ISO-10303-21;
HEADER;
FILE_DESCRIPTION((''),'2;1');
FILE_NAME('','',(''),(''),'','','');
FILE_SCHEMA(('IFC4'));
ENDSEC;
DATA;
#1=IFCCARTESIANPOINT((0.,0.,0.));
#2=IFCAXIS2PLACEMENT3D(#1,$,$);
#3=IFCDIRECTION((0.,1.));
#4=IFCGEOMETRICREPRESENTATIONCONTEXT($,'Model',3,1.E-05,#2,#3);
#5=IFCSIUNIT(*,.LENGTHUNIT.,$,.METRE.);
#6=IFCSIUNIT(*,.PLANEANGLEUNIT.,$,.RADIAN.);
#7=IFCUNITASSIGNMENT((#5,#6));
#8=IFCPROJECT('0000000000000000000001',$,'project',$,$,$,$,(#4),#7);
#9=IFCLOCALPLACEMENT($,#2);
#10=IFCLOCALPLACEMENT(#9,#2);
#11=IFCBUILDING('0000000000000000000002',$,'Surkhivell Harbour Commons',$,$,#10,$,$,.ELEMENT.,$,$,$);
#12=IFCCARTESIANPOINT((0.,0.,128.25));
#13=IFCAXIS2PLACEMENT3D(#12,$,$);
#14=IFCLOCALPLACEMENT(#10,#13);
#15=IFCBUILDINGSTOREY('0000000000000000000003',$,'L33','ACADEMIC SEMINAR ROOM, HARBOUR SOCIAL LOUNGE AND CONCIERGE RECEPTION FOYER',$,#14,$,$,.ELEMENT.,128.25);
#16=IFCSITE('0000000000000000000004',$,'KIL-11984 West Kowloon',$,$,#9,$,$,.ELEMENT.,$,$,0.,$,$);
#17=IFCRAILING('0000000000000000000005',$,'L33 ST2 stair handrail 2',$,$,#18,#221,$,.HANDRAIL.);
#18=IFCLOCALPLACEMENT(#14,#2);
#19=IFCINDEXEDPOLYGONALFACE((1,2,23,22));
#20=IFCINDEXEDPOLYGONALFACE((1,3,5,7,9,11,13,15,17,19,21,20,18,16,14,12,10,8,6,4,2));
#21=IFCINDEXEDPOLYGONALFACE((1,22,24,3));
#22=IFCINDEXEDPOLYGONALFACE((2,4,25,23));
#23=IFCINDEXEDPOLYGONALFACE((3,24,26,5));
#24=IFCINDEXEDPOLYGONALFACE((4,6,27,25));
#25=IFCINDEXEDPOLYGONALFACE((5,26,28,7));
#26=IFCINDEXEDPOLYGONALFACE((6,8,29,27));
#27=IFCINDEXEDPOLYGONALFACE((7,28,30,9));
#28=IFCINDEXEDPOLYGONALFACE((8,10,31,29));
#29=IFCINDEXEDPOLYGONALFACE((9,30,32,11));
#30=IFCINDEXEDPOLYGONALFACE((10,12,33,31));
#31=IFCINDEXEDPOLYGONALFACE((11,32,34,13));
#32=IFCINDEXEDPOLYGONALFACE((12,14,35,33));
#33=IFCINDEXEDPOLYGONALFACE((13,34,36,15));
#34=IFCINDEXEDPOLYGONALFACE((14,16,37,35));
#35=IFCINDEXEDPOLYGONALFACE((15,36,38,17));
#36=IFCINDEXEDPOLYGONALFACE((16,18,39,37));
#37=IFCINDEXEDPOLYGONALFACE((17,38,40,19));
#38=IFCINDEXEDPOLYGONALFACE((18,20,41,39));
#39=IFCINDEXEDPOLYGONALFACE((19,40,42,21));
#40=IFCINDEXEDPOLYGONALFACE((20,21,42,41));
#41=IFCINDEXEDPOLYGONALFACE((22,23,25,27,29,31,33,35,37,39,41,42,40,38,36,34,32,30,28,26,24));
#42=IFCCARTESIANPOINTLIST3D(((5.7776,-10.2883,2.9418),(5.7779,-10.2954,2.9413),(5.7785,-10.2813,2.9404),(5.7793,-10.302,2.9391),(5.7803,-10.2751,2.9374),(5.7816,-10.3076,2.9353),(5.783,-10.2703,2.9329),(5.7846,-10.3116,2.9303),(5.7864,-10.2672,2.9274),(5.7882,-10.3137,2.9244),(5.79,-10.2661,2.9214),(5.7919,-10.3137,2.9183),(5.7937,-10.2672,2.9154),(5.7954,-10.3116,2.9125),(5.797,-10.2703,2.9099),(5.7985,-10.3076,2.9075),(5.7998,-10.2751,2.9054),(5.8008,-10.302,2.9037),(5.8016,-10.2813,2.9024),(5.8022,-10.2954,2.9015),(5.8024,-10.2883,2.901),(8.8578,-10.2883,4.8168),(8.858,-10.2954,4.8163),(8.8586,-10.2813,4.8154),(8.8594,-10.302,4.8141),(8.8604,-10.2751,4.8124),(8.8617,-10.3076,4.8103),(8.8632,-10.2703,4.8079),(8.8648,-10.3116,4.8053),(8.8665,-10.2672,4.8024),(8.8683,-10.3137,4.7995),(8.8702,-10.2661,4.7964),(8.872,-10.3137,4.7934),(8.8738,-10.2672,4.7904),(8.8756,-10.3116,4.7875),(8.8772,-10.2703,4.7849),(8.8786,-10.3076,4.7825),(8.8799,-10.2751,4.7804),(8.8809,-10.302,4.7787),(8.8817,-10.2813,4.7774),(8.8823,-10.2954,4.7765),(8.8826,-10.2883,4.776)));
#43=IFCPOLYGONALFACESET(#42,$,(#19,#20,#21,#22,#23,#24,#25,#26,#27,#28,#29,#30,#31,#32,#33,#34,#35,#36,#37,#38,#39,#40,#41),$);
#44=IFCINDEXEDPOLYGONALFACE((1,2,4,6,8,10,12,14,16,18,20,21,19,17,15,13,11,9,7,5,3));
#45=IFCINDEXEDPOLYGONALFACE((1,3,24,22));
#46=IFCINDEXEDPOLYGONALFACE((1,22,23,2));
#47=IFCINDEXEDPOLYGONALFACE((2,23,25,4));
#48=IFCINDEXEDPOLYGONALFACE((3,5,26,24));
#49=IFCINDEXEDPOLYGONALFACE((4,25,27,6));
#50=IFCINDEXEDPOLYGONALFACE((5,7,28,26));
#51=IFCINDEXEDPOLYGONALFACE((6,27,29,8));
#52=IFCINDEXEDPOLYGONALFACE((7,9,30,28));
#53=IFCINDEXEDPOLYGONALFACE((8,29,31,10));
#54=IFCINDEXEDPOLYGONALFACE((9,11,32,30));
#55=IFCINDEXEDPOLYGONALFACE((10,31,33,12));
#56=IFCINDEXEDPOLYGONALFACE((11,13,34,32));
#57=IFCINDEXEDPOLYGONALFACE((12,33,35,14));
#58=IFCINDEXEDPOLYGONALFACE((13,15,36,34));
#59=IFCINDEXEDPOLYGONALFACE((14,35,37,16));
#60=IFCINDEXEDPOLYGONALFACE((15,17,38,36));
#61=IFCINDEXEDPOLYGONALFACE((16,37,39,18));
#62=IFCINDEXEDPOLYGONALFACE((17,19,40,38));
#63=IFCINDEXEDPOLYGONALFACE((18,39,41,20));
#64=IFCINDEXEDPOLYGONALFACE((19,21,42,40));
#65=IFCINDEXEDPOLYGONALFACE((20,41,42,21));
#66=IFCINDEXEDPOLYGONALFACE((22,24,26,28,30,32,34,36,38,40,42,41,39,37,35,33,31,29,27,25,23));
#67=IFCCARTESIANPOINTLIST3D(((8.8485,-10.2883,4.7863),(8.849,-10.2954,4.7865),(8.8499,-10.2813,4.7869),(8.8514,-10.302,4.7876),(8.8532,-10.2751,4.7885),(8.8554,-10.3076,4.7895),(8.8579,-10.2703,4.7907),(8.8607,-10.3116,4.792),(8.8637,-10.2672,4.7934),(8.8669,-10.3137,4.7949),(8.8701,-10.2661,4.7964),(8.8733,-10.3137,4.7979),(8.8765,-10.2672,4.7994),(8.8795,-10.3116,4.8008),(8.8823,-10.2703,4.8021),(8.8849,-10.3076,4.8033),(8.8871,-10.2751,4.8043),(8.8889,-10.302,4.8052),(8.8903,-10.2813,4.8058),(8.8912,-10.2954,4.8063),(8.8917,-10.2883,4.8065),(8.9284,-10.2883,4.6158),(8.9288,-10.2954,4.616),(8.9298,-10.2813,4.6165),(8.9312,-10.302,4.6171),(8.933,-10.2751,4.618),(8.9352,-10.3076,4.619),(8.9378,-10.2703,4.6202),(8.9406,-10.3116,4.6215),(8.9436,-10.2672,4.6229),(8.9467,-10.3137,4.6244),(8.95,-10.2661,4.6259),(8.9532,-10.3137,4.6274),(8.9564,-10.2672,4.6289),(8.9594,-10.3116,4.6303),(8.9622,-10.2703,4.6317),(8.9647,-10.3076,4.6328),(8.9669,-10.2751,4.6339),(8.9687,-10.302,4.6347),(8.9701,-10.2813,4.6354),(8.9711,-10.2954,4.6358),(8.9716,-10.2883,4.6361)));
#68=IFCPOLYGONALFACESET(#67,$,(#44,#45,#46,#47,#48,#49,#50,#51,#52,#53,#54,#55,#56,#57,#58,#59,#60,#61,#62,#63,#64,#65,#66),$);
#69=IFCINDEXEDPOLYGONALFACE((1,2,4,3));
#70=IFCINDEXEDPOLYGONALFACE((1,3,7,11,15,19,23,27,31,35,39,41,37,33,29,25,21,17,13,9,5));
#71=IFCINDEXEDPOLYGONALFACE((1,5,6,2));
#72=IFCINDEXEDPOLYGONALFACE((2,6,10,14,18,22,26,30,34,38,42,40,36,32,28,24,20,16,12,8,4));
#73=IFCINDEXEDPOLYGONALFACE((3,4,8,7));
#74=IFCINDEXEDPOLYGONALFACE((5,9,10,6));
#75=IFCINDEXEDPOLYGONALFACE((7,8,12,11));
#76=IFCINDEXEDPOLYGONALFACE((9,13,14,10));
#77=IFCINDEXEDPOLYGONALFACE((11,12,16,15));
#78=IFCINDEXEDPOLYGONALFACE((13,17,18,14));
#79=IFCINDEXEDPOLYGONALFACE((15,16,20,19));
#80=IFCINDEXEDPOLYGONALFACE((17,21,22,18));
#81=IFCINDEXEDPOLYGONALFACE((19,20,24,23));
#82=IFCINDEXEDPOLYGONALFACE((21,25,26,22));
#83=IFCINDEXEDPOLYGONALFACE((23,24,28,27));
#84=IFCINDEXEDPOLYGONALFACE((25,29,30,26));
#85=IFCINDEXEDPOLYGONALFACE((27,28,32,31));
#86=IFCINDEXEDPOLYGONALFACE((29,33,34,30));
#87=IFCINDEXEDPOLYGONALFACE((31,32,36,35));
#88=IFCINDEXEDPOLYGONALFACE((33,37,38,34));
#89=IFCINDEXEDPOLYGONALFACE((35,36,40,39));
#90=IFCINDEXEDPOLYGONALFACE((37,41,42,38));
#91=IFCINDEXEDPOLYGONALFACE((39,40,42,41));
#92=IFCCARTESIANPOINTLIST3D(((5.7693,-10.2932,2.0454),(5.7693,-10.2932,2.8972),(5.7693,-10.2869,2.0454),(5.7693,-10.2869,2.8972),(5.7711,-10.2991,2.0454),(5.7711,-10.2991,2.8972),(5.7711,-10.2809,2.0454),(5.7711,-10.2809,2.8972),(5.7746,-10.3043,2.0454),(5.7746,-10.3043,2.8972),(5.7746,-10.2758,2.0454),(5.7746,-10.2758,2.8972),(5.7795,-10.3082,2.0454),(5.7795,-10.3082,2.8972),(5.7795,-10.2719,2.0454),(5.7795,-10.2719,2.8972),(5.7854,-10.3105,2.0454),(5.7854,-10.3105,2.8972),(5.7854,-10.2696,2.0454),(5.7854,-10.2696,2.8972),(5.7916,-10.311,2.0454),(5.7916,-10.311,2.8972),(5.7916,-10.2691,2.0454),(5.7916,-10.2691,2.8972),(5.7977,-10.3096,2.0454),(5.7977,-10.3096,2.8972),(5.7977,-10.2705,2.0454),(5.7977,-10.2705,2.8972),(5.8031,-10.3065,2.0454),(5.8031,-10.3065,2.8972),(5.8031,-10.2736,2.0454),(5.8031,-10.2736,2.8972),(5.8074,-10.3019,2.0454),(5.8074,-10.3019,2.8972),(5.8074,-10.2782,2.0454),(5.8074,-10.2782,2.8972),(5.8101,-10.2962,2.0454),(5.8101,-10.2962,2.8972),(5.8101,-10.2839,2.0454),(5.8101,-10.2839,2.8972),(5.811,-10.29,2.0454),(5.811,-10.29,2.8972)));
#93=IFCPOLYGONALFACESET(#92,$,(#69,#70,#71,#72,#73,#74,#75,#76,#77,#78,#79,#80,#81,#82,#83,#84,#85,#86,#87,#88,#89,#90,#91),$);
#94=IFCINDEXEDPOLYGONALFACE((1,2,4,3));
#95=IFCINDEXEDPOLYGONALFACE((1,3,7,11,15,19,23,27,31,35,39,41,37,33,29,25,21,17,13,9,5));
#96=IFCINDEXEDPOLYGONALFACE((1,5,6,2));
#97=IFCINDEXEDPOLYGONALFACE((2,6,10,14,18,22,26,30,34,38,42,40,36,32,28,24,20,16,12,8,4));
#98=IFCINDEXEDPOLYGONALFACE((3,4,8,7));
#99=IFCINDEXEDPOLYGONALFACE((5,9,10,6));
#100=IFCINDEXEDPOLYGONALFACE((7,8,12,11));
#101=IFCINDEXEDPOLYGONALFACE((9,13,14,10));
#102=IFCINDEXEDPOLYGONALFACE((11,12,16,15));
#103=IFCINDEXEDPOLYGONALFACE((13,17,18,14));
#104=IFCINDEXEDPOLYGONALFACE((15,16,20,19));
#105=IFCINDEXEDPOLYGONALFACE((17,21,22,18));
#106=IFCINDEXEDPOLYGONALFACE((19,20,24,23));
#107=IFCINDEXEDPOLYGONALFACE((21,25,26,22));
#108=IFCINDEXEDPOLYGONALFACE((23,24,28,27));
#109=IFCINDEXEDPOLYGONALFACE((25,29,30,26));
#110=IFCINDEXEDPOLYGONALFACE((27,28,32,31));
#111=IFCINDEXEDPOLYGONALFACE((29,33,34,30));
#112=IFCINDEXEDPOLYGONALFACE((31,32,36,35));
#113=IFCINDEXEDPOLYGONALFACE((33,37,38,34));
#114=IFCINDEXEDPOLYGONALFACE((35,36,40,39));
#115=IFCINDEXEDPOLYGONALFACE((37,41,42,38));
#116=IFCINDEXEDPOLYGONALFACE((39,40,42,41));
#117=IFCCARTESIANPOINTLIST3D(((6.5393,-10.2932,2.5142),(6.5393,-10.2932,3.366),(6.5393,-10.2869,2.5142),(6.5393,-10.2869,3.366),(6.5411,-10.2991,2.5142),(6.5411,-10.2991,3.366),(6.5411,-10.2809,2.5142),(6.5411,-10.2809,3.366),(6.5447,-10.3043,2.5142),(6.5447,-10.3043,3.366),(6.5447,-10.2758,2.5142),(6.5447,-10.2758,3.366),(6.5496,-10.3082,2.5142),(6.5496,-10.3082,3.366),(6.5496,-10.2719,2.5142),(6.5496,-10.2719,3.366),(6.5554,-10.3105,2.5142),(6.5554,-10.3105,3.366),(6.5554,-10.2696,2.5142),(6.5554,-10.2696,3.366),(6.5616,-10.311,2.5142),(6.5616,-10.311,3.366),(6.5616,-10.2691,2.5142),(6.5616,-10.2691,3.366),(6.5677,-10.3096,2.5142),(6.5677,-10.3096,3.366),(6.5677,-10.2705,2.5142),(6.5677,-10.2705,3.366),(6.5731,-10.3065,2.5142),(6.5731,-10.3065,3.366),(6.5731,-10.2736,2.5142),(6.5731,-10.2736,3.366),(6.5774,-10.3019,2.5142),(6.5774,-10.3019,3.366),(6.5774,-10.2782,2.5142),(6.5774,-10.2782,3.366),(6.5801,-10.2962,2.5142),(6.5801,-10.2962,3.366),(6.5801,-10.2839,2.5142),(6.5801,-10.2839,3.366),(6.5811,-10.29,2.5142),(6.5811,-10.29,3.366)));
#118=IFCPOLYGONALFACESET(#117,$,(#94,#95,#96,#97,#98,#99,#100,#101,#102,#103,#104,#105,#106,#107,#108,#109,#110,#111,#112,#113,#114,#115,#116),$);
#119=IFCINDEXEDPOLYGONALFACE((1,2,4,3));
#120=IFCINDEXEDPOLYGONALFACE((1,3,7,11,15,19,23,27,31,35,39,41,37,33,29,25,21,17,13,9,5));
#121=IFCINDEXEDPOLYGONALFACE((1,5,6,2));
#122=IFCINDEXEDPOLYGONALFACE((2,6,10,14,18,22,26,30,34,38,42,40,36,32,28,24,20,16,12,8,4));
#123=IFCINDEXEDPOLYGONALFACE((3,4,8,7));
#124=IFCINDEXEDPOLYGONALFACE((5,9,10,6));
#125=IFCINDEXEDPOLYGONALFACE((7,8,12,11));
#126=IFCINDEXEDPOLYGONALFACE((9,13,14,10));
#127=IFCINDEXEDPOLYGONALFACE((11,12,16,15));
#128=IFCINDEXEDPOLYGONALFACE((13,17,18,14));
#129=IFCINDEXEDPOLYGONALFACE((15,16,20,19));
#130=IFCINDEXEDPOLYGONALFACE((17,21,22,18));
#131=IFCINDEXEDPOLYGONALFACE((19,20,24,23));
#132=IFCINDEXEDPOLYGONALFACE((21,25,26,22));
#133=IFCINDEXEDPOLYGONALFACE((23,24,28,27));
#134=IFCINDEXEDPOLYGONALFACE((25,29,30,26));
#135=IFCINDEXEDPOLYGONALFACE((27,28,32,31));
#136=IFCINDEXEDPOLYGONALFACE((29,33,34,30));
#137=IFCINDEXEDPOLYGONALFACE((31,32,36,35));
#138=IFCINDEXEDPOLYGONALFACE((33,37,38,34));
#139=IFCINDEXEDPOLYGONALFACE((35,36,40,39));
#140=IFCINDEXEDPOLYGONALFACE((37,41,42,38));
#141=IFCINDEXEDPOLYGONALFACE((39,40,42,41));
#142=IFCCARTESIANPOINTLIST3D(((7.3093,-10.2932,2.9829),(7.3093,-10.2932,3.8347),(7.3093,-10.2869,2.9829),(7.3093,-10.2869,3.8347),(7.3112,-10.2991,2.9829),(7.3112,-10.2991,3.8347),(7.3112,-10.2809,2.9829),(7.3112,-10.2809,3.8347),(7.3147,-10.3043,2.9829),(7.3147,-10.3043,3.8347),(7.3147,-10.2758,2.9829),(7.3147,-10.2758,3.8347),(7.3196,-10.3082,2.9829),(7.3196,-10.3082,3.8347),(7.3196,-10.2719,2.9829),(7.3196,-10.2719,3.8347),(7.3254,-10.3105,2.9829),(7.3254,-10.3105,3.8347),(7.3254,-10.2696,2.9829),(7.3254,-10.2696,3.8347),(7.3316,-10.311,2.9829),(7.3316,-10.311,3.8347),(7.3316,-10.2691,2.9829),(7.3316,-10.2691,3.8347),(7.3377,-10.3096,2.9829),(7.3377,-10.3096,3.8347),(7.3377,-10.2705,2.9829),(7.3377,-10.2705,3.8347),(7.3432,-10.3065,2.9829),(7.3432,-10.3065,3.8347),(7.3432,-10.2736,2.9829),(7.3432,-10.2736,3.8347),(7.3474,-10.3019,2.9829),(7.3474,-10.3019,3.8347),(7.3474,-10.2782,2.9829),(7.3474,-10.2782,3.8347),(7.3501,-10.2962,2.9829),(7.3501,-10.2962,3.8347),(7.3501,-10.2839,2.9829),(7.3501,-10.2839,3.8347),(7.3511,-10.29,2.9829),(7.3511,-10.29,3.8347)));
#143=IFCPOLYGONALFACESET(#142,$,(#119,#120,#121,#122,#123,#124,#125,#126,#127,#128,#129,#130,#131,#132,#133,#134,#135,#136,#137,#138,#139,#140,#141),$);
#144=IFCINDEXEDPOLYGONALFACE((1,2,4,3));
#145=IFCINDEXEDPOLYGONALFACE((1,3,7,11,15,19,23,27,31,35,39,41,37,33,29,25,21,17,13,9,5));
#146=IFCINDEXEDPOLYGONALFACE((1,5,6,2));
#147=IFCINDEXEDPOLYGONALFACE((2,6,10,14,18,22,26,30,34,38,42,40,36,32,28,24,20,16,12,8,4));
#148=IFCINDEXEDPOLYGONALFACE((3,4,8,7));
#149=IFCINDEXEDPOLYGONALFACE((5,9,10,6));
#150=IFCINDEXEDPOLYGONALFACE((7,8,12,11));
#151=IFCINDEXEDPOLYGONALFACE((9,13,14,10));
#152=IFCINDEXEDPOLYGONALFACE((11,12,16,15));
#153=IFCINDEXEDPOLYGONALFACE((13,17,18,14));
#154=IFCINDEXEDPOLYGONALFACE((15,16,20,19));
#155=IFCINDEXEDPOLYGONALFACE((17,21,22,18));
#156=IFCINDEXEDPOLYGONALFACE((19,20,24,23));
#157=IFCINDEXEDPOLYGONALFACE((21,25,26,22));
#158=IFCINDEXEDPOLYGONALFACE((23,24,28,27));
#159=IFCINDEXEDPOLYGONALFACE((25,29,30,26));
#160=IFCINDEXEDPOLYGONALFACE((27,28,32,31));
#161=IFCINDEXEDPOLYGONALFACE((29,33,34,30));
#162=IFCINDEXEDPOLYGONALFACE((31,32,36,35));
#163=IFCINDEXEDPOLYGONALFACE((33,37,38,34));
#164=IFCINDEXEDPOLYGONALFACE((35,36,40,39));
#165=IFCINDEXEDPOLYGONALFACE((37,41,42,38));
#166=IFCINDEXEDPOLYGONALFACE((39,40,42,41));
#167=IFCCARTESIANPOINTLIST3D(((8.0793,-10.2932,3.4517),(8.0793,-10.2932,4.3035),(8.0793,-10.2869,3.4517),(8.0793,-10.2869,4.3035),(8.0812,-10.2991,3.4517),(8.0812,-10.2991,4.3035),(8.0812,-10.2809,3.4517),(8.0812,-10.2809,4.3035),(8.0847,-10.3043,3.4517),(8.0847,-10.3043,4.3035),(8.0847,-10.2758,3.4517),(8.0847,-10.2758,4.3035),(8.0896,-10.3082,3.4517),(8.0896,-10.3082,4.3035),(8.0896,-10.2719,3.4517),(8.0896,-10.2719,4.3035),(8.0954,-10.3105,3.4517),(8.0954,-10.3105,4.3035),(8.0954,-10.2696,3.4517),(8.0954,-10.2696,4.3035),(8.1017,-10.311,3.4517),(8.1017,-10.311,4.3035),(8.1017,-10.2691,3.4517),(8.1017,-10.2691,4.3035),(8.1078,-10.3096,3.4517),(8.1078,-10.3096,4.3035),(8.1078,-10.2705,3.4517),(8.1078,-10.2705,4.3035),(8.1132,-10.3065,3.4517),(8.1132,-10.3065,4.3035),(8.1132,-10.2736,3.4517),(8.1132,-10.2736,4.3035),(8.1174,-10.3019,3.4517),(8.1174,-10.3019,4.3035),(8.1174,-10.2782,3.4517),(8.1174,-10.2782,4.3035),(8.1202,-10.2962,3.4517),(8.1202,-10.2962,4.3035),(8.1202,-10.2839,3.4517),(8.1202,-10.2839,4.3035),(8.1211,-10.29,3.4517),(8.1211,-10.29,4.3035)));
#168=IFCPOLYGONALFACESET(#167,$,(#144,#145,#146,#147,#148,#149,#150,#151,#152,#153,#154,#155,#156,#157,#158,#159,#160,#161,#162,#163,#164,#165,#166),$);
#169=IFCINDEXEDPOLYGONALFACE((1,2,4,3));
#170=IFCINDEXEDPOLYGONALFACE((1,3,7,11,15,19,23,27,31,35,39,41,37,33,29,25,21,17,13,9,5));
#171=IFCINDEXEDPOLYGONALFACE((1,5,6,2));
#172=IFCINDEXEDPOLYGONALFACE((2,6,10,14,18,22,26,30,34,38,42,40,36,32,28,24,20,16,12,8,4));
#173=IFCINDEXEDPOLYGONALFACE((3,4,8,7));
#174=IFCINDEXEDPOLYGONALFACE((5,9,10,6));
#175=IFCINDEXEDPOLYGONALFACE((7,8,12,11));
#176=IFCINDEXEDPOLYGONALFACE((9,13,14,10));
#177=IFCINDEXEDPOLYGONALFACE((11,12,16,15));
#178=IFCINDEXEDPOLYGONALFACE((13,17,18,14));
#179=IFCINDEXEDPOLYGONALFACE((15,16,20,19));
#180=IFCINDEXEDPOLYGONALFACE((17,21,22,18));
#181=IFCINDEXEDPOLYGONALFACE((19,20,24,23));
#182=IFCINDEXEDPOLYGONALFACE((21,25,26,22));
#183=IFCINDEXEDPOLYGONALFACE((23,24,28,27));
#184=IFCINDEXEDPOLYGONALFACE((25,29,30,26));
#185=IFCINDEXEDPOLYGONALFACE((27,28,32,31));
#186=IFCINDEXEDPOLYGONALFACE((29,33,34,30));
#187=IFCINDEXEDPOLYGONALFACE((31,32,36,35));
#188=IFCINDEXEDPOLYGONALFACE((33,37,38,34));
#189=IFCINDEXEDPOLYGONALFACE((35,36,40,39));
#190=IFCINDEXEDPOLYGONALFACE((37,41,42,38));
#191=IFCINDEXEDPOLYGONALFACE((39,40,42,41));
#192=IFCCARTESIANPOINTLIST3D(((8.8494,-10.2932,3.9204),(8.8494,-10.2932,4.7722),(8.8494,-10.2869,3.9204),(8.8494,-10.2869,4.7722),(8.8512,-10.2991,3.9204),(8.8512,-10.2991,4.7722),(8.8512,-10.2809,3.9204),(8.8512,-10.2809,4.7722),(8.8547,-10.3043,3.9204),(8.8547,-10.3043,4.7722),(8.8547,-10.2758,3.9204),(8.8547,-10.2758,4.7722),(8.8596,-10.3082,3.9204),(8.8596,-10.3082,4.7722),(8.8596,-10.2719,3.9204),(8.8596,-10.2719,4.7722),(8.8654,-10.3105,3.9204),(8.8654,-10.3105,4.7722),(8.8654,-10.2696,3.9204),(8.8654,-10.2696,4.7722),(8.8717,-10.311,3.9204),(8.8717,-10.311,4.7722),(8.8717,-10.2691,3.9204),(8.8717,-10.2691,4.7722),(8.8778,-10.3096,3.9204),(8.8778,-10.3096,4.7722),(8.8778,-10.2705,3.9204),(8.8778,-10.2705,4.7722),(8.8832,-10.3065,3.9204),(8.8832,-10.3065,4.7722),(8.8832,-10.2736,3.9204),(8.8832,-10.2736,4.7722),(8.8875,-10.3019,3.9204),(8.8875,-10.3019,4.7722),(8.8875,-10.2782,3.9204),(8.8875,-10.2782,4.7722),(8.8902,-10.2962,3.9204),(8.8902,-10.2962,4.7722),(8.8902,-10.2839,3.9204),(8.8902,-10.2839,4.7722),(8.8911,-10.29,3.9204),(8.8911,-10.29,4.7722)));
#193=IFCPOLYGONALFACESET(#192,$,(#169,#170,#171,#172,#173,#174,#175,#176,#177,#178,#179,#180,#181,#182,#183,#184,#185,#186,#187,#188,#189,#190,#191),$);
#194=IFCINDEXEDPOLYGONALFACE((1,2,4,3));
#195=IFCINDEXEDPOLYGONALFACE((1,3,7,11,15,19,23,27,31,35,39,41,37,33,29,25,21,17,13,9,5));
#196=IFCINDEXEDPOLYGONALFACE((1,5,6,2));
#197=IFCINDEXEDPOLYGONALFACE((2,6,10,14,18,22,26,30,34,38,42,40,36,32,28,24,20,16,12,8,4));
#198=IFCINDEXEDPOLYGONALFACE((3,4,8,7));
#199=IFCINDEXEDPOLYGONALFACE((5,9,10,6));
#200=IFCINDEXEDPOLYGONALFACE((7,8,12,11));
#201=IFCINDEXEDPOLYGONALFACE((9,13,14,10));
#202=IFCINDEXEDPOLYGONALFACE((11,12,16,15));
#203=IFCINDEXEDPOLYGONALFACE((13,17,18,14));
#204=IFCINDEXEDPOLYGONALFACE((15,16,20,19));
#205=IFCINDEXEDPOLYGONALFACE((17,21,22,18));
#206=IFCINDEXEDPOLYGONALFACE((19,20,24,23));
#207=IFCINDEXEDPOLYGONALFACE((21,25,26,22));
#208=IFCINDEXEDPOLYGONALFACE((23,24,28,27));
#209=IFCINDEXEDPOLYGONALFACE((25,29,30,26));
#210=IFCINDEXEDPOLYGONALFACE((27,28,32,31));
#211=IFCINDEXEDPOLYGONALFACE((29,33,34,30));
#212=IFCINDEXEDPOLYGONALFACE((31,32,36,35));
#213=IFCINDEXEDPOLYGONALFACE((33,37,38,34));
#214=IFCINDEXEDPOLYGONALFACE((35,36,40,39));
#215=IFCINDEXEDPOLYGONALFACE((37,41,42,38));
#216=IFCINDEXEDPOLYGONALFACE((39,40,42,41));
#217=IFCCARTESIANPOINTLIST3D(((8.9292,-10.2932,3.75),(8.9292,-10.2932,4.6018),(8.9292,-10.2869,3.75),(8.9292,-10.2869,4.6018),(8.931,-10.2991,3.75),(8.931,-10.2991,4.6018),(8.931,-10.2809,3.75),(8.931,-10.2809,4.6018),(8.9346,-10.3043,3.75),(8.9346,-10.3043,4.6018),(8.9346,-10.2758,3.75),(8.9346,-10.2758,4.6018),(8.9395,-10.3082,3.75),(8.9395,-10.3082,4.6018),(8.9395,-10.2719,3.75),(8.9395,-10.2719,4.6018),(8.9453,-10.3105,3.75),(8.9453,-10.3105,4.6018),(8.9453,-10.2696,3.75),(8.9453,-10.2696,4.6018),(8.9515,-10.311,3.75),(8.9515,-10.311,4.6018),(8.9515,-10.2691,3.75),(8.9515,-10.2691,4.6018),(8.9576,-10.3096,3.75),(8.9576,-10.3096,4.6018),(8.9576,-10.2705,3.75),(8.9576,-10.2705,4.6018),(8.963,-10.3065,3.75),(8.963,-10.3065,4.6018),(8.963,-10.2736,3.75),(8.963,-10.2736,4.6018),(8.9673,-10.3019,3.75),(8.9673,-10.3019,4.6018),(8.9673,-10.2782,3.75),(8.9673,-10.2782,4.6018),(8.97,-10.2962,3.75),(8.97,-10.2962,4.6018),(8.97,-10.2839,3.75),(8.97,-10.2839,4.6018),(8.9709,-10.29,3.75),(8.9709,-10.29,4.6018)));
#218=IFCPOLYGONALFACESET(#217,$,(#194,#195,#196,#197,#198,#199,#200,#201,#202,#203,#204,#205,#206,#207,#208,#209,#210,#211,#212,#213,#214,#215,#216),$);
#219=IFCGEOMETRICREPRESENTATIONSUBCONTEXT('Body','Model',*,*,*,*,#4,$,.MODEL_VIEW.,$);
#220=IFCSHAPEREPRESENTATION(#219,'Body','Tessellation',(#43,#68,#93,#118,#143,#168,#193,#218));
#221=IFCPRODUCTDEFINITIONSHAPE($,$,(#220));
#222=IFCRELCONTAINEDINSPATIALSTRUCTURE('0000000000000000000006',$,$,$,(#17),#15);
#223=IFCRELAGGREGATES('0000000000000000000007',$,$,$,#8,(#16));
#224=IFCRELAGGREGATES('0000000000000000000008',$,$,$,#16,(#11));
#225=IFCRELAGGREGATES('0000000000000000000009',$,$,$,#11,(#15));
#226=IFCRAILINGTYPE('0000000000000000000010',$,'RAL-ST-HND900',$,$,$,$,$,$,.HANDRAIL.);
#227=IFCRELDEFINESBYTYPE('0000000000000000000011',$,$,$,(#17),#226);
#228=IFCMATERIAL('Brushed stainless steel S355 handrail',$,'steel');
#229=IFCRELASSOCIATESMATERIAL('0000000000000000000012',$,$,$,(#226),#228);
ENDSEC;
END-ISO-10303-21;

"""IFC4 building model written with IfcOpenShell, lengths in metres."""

from ifc_helpers import new_model, si_unit, direction, frame, origin, origin_2d, place, context, subcontext, project, spatial, circle, extrude, material, type_object, element, save


model = new_model("IFC4")

# Units and contexts
model_context = context("Model", 3, precision=1e-05, world=origin(), true_north=direction((0.0, 1.0)))
body_context = subcontext(model_context, "Body", "Model", "MODEL_VIEW")
ifc_project = project(units=[si_unit("LENGTHUNIT", "METRE"), si_unit("PLANEANGLEUNIT", "RADIAN")], contexts=[model_context])

# Site, building, storey
site_placement = place(None, origin())
site = spatial("IfcSite", under=ifc_project, at=site_placement, Name="KIL-11984 West Kowloon", CompositionType="ELEMENT", RefElevation=0.0)
building_placement = place(site_placement, origin())
building = spatial("IfcBuilding", under=site, at=building_placement, Name="Surkhivell Harbour Commons", CompositionType="ELEMENT")
storey_placement = place(building_placement, frame((0.0, 0.0, 128.25)))
storey = spatial("IfcBuildingStorey", under=building, at=storey_placement, Name="L33", Description="ACADEMIC SEMINAR ROOM, HARBOUR SOCIAL LOUNGE AND CONCIERGE RECEPTION FOYER", CompositionType="ELEMENT", Elevation=128.25)

# Railing
ifc_material_1 = material(Name="Brushed stainless steel S355 handrail", Category="steel")
railing_type_1 = type_object("IfcRailingType", Name="RAL-ST-HND900", PredefinedType="HANDRAIL", material=ifc_material_1)
railing_1_placement = place(storey_placement, frame((5.79, -10.29, 2.0454)))
element("IfcRailing", 1, at=railing_1_placement, inside=storey, type_object=railing_type_1, Name="L33 ST2 stair handrail 2", PredefinedType="HANDRAIL", context=body_context, shape_type="SweptSolid", body=[
    extrude(circle(Radius=0.0239, at=origin_2d()), frame((0.0, 0.0, 0.876), z_axis=(0.854178, 0.0, 0.519981), x_axis=(0.0, 1.0, 0.0)), (0.0, 0.0, 1.0), 3.606),
    extrude(circle(Radius=0.0239, at=origin_2d()), frame((3.0801, 0.0, 2.751), z_axis=(0.424234, 0.0, -0.905552), x_axis=(0.0, 1.0, 0.0)), (0.0, 0.0, 1.0), 0.1882),
    extrude(circle(Radius=0.021, at=origin_2d()), origin(), (0.0, 0.0, 1.0), 0.8518),
    extrude(circle(Radius=0.021, at=origin_2d()), frame((0.77, 0.0, 0.4688)), (0.0, 0.0, 1.0), 0.8518),
    extrude(circle(Radius=0.021, at=origin_2d()), frame((1.54, 0.0, 0.9375)), (0.0, 0.0, 1.0), 0.8518),
    extrude(circle(Radius=0.021, at=origin_2d()), frame((2.3101, 0.0, 1.4062)), (0.0, 0.0, 1.0), 0.8518),
    extrude(circle(Radius=0.021, at=origin_2d()), frame((3.0801, 0.0, 1.875)), (0.0, 0.0, 1.0), 0.8518),
    extrude(circle(Radius=0.021, at=origin_2d()), frame((3.1599, 0.0, 1.7046)), (0.0, 0.0, 1.0), 0.8518),
])

save(model, "model.ifc")
